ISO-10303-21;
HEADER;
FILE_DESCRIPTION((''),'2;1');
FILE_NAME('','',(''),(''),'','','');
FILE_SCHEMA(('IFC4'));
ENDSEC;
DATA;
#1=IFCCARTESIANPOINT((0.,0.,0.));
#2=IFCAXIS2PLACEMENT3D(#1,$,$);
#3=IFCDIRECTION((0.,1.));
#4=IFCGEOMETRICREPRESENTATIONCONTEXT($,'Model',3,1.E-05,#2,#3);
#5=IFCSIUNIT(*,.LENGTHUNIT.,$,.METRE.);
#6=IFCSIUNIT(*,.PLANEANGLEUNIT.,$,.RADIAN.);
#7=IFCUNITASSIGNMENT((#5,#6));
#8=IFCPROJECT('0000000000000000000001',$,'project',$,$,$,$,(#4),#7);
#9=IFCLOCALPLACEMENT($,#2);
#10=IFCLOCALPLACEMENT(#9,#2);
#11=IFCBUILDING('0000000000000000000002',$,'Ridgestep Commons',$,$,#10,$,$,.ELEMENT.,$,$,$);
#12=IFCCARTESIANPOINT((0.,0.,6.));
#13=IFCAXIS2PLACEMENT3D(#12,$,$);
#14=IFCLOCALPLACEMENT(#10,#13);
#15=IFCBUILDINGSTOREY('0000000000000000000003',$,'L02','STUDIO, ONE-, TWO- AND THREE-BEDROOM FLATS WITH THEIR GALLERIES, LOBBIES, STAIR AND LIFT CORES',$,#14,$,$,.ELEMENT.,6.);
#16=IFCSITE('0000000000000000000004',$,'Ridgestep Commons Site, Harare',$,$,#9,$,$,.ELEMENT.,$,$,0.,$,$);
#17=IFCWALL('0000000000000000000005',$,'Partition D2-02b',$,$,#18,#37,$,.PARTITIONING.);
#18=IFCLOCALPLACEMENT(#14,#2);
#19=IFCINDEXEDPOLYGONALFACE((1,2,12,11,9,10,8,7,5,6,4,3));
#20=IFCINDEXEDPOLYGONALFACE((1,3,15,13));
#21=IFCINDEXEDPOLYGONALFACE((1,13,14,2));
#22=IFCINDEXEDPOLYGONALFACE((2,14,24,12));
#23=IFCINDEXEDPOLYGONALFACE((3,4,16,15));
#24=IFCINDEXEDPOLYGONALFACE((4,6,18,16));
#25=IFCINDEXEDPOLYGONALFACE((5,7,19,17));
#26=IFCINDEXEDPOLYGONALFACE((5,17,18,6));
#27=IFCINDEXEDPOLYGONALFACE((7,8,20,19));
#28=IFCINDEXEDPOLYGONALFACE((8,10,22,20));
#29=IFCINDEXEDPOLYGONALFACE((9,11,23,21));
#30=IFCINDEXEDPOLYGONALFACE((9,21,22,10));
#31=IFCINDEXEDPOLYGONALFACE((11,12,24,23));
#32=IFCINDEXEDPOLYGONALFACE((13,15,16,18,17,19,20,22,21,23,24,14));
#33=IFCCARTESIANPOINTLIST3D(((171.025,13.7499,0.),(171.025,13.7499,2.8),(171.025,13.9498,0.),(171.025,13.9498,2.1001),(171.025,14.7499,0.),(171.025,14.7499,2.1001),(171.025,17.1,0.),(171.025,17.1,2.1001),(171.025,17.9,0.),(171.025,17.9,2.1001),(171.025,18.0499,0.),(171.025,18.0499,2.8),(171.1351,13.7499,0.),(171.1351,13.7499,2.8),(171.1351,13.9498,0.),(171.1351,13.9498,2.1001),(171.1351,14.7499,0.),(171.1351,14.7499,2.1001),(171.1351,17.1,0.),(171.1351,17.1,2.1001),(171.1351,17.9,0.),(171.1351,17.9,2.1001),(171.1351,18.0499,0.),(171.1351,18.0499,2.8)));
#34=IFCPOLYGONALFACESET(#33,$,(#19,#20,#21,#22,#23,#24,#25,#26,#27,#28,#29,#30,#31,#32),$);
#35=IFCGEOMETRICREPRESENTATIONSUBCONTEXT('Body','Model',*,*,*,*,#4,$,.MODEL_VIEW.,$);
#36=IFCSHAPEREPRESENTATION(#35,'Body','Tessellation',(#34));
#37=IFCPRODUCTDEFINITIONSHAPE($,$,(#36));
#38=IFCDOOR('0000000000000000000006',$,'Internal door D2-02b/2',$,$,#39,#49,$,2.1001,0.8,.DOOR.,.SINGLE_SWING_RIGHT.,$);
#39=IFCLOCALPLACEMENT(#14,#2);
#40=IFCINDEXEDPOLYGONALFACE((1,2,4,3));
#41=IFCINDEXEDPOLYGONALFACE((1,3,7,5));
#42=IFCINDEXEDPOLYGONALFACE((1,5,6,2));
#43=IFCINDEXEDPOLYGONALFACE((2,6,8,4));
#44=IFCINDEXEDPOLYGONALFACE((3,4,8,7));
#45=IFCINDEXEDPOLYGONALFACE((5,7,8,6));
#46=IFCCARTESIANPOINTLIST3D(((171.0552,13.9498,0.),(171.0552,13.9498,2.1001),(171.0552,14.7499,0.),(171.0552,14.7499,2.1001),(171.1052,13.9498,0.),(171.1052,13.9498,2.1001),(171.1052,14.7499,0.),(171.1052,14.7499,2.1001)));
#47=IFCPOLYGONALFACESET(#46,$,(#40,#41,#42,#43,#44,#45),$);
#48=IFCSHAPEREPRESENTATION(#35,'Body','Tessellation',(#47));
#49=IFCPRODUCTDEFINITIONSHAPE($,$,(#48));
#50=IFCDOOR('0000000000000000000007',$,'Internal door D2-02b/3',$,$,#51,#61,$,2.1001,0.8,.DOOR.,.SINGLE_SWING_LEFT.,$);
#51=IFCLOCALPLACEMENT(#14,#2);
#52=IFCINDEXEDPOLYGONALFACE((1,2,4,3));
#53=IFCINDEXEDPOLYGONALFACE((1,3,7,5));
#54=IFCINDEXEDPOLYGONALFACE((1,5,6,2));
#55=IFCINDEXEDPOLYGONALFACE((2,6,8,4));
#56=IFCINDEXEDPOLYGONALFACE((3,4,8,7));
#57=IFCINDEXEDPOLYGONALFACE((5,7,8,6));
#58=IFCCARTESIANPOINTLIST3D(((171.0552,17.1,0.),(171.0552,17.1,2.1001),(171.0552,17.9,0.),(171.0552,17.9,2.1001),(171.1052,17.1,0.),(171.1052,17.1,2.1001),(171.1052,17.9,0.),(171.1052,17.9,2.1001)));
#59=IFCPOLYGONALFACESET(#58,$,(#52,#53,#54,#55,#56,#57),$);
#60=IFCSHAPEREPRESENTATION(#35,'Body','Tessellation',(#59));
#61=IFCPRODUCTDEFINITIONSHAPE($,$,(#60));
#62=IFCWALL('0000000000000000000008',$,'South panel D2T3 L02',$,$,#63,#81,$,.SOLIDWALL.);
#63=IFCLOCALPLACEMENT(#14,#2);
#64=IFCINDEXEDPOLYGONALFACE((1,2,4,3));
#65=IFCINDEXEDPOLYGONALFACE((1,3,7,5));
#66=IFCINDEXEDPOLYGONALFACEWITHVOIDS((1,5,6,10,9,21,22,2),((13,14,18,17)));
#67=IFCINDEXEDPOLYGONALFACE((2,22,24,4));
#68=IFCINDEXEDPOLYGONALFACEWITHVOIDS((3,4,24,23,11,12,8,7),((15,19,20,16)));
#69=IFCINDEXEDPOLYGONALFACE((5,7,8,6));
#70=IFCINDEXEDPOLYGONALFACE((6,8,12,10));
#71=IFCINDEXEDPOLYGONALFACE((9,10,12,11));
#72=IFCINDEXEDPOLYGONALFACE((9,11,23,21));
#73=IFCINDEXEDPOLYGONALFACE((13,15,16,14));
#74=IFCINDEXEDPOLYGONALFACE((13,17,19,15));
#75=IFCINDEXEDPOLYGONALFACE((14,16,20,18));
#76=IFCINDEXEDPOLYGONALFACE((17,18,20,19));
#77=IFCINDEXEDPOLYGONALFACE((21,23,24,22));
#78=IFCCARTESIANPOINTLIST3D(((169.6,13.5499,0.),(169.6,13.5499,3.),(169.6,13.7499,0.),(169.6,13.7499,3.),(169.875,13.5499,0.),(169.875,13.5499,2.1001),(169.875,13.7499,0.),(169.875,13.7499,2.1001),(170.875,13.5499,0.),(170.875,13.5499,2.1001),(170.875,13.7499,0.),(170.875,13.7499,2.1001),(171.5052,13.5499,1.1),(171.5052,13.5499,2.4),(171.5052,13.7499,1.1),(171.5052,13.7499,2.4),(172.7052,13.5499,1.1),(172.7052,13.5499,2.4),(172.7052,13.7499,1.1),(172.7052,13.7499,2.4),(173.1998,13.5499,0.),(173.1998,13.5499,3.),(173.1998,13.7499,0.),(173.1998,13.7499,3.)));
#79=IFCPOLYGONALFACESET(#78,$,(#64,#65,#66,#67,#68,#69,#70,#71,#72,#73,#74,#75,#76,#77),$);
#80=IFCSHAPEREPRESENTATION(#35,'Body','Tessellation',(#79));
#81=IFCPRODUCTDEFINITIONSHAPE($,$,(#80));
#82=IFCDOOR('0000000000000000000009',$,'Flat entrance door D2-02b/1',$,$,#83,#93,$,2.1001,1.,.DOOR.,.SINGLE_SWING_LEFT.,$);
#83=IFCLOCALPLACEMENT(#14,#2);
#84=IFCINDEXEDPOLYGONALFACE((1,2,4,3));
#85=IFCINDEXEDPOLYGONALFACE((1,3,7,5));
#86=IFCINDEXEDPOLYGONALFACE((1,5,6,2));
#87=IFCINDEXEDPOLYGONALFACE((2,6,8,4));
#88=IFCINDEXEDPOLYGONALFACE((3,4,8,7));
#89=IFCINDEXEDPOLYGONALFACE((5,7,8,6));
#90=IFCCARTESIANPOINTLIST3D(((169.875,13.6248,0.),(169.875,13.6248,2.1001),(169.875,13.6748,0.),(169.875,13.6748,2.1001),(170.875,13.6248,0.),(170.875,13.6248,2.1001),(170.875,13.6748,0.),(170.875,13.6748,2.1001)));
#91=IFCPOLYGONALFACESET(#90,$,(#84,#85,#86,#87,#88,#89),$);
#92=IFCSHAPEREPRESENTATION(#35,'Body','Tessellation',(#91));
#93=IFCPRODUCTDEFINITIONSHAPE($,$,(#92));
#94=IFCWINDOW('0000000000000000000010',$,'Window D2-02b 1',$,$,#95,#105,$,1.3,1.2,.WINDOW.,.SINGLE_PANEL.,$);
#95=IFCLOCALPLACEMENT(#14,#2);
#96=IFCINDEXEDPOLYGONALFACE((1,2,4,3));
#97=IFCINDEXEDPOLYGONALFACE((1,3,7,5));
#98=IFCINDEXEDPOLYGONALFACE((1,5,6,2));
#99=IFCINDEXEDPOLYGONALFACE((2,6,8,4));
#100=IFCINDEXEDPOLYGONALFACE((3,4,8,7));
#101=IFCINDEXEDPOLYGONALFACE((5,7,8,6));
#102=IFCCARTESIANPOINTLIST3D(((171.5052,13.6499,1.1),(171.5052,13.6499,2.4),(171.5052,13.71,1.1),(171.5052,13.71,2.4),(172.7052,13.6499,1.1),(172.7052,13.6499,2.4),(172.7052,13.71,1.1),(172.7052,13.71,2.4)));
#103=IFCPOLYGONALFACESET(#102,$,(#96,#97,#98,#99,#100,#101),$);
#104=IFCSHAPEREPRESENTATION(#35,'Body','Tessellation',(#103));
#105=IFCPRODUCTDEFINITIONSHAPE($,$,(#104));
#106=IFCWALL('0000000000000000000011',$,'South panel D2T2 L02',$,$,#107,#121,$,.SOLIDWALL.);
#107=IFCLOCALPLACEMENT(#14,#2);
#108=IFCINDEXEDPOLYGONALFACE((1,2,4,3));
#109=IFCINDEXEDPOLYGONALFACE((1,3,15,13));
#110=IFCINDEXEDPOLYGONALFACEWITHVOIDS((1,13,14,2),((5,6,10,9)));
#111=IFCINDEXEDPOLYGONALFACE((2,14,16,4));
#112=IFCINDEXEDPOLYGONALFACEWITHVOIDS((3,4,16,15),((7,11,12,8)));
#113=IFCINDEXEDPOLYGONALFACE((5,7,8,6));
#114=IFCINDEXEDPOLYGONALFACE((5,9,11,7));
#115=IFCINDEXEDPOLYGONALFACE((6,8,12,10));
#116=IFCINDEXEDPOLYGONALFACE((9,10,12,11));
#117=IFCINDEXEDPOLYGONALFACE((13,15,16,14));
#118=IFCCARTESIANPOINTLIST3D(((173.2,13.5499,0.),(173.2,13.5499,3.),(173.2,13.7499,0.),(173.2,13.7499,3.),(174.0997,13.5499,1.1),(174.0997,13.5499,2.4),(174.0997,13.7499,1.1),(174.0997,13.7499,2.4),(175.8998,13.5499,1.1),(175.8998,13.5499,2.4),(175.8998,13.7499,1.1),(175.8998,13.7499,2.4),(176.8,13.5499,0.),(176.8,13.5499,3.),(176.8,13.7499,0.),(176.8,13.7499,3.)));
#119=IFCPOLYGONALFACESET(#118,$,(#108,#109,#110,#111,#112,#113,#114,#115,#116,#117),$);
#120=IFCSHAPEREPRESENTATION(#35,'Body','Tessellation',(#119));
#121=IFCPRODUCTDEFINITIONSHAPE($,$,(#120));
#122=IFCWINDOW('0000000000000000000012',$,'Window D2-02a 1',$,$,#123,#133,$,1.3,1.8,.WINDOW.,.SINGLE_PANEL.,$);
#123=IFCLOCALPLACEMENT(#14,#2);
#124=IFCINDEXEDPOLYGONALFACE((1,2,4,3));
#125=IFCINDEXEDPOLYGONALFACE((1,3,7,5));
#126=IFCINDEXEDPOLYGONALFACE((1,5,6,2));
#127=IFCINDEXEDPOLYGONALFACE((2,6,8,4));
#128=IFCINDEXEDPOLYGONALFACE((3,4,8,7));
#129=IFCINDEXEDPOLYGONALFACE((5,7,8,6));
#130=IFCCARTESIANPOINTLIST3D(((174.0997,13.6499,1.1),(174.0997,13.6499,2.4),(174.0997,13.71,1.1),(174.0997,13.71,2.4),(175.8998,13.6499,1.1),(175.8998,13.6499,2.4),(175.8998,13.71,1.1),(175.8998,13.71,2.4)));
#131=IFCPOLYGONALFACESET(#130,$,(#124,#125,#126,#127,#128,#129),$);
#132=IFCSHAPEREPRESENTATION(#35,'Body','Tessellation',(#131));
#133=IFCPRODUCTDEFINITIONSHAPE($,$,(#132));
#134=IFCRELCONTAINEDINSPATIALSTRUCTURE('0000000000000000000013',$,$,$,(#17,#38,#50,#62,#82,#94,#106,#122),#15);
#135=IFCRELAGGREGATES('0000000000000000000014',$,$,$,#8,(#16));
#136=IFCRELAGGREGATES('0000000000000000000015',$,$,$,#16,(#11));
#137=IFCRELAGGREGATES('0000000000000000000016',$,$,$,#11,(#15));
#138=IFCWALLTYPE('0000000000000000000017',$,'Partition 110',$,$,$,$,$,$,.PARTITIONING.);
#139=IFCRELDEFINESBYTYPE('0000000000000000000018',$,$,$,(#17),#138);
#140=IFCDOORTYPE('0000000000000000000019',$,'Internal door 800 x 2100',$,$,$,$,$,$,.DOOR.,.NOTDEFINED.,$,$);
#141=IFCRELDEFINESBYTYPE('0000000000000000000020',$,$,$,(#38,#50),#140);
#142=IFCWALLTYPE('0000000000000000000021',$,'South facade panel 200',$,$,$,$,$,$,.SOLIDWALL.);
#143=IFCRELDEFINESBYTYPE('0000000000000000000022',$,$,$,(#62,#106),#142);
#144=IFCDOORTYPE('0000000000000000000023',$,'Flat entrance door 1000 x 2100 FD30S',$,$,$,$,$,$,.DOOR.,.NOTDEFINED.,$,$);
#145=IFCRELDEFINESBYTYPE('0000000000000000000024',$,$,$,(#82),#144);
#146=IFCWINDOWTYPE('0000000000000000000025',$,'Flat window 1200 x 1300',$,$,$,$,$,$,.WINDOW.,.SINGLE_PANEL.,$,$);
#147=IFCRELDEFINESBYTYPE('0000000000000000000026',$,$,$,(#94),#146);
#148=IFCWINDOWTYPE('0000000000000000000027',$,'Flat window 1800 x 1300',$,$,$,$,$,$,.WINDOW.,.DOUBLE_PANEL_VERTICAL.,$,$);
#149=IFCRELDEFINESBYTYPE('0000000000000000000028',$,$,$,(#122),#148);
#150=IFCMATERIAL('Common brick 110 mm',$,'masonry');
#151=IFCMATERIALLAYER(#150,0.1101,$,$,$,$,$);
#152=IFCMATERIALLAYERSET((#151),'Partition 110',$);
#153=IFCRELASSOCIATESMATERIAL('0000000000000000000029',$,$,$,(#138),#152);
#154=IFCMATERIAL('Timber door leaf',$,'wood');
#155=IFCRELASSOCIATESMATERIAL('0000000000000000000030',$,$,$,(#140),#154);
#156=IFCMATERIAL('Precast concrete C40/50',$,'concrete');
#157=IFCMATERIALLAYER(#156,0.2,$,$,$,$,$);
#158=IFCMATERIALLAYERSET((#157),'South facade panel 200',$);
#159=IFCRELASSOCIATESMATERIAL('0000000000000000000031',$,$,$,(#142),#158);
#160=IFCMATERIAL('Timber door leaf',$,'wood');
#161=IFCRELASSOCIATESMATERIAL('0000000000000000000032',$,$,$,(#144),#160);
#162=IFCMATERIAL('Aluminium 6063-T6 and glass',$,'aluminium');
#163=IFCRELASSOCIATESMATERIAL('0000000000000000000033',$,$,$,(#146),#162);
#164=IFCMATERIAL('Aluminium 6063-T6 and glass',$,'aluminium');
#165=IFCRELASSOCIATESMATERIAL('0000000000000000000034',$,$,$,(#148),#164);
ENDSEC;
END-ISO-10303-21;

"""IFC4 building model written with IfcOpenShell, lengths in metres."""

from ifc_helpers import new_model, si_unit, direction, frame, frame_2d, origin, place, context, subcontext, project, spatial, rectangle, extrude, material, layer, layer_set, type_object, element, fill, save


model = new_model("IFC4")

# Units and contexts
model_context = context("Model", 3, precision=1e-05, world=origin(), true_north=direction((0.0, 1.0)))
body_context = subcontext(model_context, "Body", "Model", "MODEL_VIEW")
ifc_project = project(units=[si_unit("LENGTHUNIT", "METRE"), si_unit("PLANEANGLEUNIT", "RADIAN")], contexts=[model_context])

# Site, building, storey
site_placement = place(None, origin())
site = spatial("IfcSite", under=ifc_project, at=site_placement, Name="Ridgestep Commons Site, Harare", CompositionType="ELEMENT", RefElevation=0.0)
building_placement = place(site_placement, origin())
building = spatial("IfcBuilding", under=site, at=building_placement, Name="Ridgestep Commons", CompositionType="ELEMENT")
storey_placement = place(building_placement, frame((0.0, 0.0, 6.0)))
storey = spatial("IfcBuildingStorey", under=building, at=storey_placement, Name="L02", Description="STUDIO, ONE-, TWO- AND THREE-BEDROOM FLATS WITH THEIR GALLERIES, LOBBIES, STAIR AND LIFT CORES", CompositionType="ELEMENT", Elevation=6.0)

# Wall, openings, doors
ifc_material_1 = material(Name="Common brick 110 mm", Category="masonry")
ifc_layer_1 = layer(ifc_material_1, 0.1101)
ifc_layer_set_1 = layer_set([ifc_layer_1], Name="Partition 110")
wall_type_1 = type_object("IfcWallType", Name="Partition 110", PredefinedType="PARTITIONING", material=ifc_layer_set_1)
wall_1_placement = place(storey_placement, frame((171.0801, 13.75, 0.0), z_axis=(0.0, 0.0, 1.0), x_axis=(0.0, 1.0, 0.0)))
wall_1 = element("IfcWall", 1, at=wall_1_placement, inside=storey, type_object=wall_type_1, Name="Partition D2-02b", PredefinedType="PARTITIONING", context=body_context, shape_type="SweptSolid", body=[
    extrude(rectangle(XDim=4.3, YDim=0.1101, at=frame_2d((2.1499, 0.0))), origin(), (0.0, 0.0, 1.0), 2.8),
])
opening_1_placement = place(wall_1_placement, frame((0.2, 0.0, 0.0)))
opening_1 = element("IfcOpeningElement", 2, at=opening_1_placement, cuts=wall_1, PredefinedType="OPENING", context=body_context, shape_type="SweptSolid", body=[
    extrude(rectangle(XDim=0.8, YDim=2.1001, at=frame_2d((0.3999, 1.05))), frame((0.0, 0.0649, 0.0), z_axis=(0.0, -1.0, 0.0), x_axis=(1.0, 0.0, 0.0)), (0.0, 0.0, 1.0), 0.1301),
])
opening_2_placement = place(wall_1_placement, frame((3.3501, 0.0, 0.0)))
opening_2 = element("IfcOpeningElement", 3, at=opening_2_placement, cuts=wall_1, PredefinedType="OPENING", context=body_context, shape_type="SweptSolid", body=[
    extrude(rectangle(XDim=0.8, YDim=2.1001, at=frame_2d((0.3999, 1.05))), frame((0.0, 0.0649, 0.0), z_axis=(0.0, -1.0, 0.0), x_axis=(1.0, 0.0, 0.0)), (0.0, 0.0, 1.0), 0.1301),
])
ifc_material_2 = material(Name="Timber door leaf", Category="wood")
door_type_1 = type_object("IfcDoorType", Name="Internal door 800 x 2100", OperationType="NOTDEFINED", PredefinedType="DOOR", material=ifc_material_2)
door_1_placement = place(opening_1_placement, origin())
door_1 = element("IfcDoor", 4, at=door_1_placement, inside=storey, type_object=door_type_1, Name="Internal door D2-02b/2", OperationType="SINGLE_SWING_RIGHT", OverallHeight=2.1001, OverallWidth=0.8, PredefinedType="DOOR", context=body_context, shape_type="SweptSolid", body=[
    extrude(rectangle(XDim=0.8, YDim=2.1001, at=frame_2d((0.3999, 1.05))), frame((0.0, 0.0249, 0.0), z_axis=(0.0, -1.0, 0.0), x_axis=(1.0, 0.0, 0.0)), (0.0, 0.0, 1.0), 0.05),
])
fill(opening_1, door_1)
door_2_placement = place(opening_2_placement, origin())
door_2 = element("IfcDoor", 5, at=door_2_placement, inside=storey, type_object=door_type_1, Name="Internal door D2-02b/3", OperationType="SINGLE_SWING_LEFT", OverallHeight=2.1001, OverallWidth=0.8, PredefinedType="DOOR", context=body_context, shape_type="SweptSolid", body=[
    extrude(rectangle(XDim=0.8, YDim=2.1001, at=frame_2d((0.3999, 1.05))), frame((0.0, 0.0249, 0.0), z_axis=(0.0, -1.0, 0.0), x_axis=(1.0, 0.0, 0.0)), (0.0, 0.0, 1.0), 0.05),
])
fill(opening_2, door_2)

# Wall, openings, door, window
ifc_material_3 = material(Name="Precast concrete C40/50", Category="concrete")
ifc_layer_2 = layer(ifc_material_3, 0.2)
ifc_layer_set_2 = layer_set([ifc_layer_2], Name="South facade panel 200")
wall_type_2 = type_object("IfcWallType", Name="South facade panel 200", PredefinedType="SOLIDWALL", material=ifc_layer_set_2)
wall_2_placement = place(storey_placement, frame((169.6001, 13.6499, 0.0), z_axis=(0.0, 0.0, 1.0), x_axis=(1.0, 0.0, 0.0)))
wall_2 = element("IfcWall", 6, at=wall_2_placement, inside=storey, type_object=wall_type_2, Name="South panel D2T3 L02", PredefinedType="SOLIDWALL", context=body_context, shape_type="SweptSolid", body=[
    extrude(rectangle(XDim=3.5999, YDim=0.2, at=frame_2d((1.7998, 0.0))), origin(), (0.0, 0.0, 1.0), 3.0),
])
opening_3_placement = place(wall_2_placement, frame((1.905, 0.0, 1.1001)))
opening_3 = element("IfcOpeningElement", 7, at=opening_3_placement, cuts=wall_2, PredefinedType="OPENING", context=body_context, shape_type="SweptSolid", body=[
    extrude(rectangle(XDim=1.2, YDim=1.3, at=frame_2d((0.6001, 0.6499))), frame((0.0, 0.1099, 0.0), z_axis=(0.0, -1.0, 0.0), x_axis=(1.0, 0.0, 0.0)), (0.0, 0.0, 1.0), 0.22),
])
opening_4_placement = place(wall_2_placement, frame((0.2749, 0.0, 0.0)))
opening_4 = element("IfcOpeningElement", 8, at=opening_4_placement, cuts=wall_2, PredefinedType="OPENING", context=body_context, shape_type="SweptSolid", body=[
    extrude(rectangle(XDim=1.0, YDim=2.1001, at=frame_2d((0.5, 1.05))), frame((0.0, 0.1099, 0.0), z_axis=(0.0, -1.0, 0.0), x_axis=(1.0, 0.0, 0.0)), (0.0, 0.0, 1.0), 0.22),
])
ifc_material_4 = material(Name="Timber door leaf", Category="wood")
door_type_2 = type_object("IfcDoorType", Name="Flat entrance door 1000 x 2100 FD30S", OperationType="NOTDEFINED", PredefinedType="DOOR", material=ifc_material_4)
door_3_placement = place(opening_4_placement, origin())
door_3 = element("IfcDoor", 9, at=door_3_placement, inside=storey, type_object=door_type_2, Name="Flat entrance door D2-02b/1", OperationType="SINGLE_SWING_LEFT", OverallHeight=2.1001, OverallWidth=1.0, PredefinedType="DOOR", context=body_context, shape_type="SweptSolid", body=[
    extrude(rectangle(XDim=1.0, YDim=2.1001, at=frame_2d((0.5, 1.05))), frame((0.0, 0.0249, 0.0), z_axis=(0.0, -1.0, 0.0), x_axis=(1.0, 0.0, 0.0)), (0.0, 0.0, 1.0), 0.05),
])
fill(opening_4, door_3)
ifc_material_5 = material(Name="Aluminium 6063-T6 and glass", Category="aluminium")
window_type_1 = type_object("IfcWindowType", Name="Flat window 1200 x 1300", PartitioningType="SINGLE_PANEL", PredefinedType="WINDOW", material=ifc_material_5)
window_1_placement = place(opening_3_placement, origin())
window_1 = element("IfcWindow", 10, at=window_1_placement, inside=storey, type_object=window_type_1, Name="Window D2-02b 1", OverallHeight=1.3, OverallWidth=1.2, PartitioningType="SINGLE_PANEL", PredefinedType="WINDOW", context=body_context, shape_type="SweptSolid", body=[
    extrude(rectangle(XDim=1.2, YDim=1.3, at=frame_2d((0.6001, 0.6499))), frame((0.0, 0.0601, 0.0), z_axis=(0.0, -1.0, 0.0), x_axis=(1.0, 0.0, 0.0)), (0.0, 0.0, 1.0), 0.0601),
])
fill(opening_3, window_1)

# Wall, opening, window
wall_3_placement = place(storey_placement, frame((173.2, 13.6499, 0.0), z_axis=(0.0, 0.0, 1.0), x_axis=(1.0, 0.0, 0.0)))
wall_3 = element("IfcWall", 11, at=wall_3_placement, inside=storey, type_object=wall_type_2, Name="South panel D2T2 L02", PredefinedType="SOLIDWALL", context=body_context, shape_type="SweptSolid", body=[
    extrude(rectangle(XDim=3.6001, YDim=0.2, at=frame_2d((1.8, 0.0))), origin(), (0.0, 0.0, 1.0), 3.0),
])
opening_5_placement = place(wall_3_placement, frame((0.8999, 0.0, 1.1001)))
opening_5 = element("IfcOpeningElement", 12, at=opening_5_placement, cuts=wall_3, PredefinedType="OPENING", context=body_context, shape_type="SweptSolid", body=[
    extrude(rectangle(XDim=1.8, YDim=1.3, at=frame_2d((0.8999, 0.6499))), frame((0.0, 0.1099, 0.0), z_axis=(0.0, -1.0, 0.0), x_axis=(1.0, 0.0, 0.0)), (0.0, 0.0, 1.0), 0.22),
])
ifc_material_6 = material(Name="Aluminium 6063-T6 and glass", Category="aluminium")
window_type_2 = type_object("IfcWindowType", Name="Flat window 1800 x 1300", PartitioningType="DOUBLE_PANEL_VERTICAL", PredefinedType="WINDOW", material=ifc_material_6)
window_2_placement = place(opening_5_placement, origin())
window_2 = element("IfcWindow", 13, at=window_2_placement, inside=storey, type_object=window_type_2, Name="Window D2-02a 1", OverallHeight=1.3, OverallWidth=1.8, PartitioningType="SINGLE_PANEL", PredefinedType="WINDOW", context=body_context, shape_type="SweptSolid", body=[
    extrude(rectangle(XDim=1.8, YDim=1.3, at=frame_2d((0.8999, 0.6499))), frame((0.0, 0.0601, 0.0), z_axis=(0.0, -1.0, 0.0), x_axis=(1.0, 0.0, 0.0)), (0.0, 0.0, 1.0), 0.0601),
])
fill(opening_5, window_2)

save(model, "model.ifc")
